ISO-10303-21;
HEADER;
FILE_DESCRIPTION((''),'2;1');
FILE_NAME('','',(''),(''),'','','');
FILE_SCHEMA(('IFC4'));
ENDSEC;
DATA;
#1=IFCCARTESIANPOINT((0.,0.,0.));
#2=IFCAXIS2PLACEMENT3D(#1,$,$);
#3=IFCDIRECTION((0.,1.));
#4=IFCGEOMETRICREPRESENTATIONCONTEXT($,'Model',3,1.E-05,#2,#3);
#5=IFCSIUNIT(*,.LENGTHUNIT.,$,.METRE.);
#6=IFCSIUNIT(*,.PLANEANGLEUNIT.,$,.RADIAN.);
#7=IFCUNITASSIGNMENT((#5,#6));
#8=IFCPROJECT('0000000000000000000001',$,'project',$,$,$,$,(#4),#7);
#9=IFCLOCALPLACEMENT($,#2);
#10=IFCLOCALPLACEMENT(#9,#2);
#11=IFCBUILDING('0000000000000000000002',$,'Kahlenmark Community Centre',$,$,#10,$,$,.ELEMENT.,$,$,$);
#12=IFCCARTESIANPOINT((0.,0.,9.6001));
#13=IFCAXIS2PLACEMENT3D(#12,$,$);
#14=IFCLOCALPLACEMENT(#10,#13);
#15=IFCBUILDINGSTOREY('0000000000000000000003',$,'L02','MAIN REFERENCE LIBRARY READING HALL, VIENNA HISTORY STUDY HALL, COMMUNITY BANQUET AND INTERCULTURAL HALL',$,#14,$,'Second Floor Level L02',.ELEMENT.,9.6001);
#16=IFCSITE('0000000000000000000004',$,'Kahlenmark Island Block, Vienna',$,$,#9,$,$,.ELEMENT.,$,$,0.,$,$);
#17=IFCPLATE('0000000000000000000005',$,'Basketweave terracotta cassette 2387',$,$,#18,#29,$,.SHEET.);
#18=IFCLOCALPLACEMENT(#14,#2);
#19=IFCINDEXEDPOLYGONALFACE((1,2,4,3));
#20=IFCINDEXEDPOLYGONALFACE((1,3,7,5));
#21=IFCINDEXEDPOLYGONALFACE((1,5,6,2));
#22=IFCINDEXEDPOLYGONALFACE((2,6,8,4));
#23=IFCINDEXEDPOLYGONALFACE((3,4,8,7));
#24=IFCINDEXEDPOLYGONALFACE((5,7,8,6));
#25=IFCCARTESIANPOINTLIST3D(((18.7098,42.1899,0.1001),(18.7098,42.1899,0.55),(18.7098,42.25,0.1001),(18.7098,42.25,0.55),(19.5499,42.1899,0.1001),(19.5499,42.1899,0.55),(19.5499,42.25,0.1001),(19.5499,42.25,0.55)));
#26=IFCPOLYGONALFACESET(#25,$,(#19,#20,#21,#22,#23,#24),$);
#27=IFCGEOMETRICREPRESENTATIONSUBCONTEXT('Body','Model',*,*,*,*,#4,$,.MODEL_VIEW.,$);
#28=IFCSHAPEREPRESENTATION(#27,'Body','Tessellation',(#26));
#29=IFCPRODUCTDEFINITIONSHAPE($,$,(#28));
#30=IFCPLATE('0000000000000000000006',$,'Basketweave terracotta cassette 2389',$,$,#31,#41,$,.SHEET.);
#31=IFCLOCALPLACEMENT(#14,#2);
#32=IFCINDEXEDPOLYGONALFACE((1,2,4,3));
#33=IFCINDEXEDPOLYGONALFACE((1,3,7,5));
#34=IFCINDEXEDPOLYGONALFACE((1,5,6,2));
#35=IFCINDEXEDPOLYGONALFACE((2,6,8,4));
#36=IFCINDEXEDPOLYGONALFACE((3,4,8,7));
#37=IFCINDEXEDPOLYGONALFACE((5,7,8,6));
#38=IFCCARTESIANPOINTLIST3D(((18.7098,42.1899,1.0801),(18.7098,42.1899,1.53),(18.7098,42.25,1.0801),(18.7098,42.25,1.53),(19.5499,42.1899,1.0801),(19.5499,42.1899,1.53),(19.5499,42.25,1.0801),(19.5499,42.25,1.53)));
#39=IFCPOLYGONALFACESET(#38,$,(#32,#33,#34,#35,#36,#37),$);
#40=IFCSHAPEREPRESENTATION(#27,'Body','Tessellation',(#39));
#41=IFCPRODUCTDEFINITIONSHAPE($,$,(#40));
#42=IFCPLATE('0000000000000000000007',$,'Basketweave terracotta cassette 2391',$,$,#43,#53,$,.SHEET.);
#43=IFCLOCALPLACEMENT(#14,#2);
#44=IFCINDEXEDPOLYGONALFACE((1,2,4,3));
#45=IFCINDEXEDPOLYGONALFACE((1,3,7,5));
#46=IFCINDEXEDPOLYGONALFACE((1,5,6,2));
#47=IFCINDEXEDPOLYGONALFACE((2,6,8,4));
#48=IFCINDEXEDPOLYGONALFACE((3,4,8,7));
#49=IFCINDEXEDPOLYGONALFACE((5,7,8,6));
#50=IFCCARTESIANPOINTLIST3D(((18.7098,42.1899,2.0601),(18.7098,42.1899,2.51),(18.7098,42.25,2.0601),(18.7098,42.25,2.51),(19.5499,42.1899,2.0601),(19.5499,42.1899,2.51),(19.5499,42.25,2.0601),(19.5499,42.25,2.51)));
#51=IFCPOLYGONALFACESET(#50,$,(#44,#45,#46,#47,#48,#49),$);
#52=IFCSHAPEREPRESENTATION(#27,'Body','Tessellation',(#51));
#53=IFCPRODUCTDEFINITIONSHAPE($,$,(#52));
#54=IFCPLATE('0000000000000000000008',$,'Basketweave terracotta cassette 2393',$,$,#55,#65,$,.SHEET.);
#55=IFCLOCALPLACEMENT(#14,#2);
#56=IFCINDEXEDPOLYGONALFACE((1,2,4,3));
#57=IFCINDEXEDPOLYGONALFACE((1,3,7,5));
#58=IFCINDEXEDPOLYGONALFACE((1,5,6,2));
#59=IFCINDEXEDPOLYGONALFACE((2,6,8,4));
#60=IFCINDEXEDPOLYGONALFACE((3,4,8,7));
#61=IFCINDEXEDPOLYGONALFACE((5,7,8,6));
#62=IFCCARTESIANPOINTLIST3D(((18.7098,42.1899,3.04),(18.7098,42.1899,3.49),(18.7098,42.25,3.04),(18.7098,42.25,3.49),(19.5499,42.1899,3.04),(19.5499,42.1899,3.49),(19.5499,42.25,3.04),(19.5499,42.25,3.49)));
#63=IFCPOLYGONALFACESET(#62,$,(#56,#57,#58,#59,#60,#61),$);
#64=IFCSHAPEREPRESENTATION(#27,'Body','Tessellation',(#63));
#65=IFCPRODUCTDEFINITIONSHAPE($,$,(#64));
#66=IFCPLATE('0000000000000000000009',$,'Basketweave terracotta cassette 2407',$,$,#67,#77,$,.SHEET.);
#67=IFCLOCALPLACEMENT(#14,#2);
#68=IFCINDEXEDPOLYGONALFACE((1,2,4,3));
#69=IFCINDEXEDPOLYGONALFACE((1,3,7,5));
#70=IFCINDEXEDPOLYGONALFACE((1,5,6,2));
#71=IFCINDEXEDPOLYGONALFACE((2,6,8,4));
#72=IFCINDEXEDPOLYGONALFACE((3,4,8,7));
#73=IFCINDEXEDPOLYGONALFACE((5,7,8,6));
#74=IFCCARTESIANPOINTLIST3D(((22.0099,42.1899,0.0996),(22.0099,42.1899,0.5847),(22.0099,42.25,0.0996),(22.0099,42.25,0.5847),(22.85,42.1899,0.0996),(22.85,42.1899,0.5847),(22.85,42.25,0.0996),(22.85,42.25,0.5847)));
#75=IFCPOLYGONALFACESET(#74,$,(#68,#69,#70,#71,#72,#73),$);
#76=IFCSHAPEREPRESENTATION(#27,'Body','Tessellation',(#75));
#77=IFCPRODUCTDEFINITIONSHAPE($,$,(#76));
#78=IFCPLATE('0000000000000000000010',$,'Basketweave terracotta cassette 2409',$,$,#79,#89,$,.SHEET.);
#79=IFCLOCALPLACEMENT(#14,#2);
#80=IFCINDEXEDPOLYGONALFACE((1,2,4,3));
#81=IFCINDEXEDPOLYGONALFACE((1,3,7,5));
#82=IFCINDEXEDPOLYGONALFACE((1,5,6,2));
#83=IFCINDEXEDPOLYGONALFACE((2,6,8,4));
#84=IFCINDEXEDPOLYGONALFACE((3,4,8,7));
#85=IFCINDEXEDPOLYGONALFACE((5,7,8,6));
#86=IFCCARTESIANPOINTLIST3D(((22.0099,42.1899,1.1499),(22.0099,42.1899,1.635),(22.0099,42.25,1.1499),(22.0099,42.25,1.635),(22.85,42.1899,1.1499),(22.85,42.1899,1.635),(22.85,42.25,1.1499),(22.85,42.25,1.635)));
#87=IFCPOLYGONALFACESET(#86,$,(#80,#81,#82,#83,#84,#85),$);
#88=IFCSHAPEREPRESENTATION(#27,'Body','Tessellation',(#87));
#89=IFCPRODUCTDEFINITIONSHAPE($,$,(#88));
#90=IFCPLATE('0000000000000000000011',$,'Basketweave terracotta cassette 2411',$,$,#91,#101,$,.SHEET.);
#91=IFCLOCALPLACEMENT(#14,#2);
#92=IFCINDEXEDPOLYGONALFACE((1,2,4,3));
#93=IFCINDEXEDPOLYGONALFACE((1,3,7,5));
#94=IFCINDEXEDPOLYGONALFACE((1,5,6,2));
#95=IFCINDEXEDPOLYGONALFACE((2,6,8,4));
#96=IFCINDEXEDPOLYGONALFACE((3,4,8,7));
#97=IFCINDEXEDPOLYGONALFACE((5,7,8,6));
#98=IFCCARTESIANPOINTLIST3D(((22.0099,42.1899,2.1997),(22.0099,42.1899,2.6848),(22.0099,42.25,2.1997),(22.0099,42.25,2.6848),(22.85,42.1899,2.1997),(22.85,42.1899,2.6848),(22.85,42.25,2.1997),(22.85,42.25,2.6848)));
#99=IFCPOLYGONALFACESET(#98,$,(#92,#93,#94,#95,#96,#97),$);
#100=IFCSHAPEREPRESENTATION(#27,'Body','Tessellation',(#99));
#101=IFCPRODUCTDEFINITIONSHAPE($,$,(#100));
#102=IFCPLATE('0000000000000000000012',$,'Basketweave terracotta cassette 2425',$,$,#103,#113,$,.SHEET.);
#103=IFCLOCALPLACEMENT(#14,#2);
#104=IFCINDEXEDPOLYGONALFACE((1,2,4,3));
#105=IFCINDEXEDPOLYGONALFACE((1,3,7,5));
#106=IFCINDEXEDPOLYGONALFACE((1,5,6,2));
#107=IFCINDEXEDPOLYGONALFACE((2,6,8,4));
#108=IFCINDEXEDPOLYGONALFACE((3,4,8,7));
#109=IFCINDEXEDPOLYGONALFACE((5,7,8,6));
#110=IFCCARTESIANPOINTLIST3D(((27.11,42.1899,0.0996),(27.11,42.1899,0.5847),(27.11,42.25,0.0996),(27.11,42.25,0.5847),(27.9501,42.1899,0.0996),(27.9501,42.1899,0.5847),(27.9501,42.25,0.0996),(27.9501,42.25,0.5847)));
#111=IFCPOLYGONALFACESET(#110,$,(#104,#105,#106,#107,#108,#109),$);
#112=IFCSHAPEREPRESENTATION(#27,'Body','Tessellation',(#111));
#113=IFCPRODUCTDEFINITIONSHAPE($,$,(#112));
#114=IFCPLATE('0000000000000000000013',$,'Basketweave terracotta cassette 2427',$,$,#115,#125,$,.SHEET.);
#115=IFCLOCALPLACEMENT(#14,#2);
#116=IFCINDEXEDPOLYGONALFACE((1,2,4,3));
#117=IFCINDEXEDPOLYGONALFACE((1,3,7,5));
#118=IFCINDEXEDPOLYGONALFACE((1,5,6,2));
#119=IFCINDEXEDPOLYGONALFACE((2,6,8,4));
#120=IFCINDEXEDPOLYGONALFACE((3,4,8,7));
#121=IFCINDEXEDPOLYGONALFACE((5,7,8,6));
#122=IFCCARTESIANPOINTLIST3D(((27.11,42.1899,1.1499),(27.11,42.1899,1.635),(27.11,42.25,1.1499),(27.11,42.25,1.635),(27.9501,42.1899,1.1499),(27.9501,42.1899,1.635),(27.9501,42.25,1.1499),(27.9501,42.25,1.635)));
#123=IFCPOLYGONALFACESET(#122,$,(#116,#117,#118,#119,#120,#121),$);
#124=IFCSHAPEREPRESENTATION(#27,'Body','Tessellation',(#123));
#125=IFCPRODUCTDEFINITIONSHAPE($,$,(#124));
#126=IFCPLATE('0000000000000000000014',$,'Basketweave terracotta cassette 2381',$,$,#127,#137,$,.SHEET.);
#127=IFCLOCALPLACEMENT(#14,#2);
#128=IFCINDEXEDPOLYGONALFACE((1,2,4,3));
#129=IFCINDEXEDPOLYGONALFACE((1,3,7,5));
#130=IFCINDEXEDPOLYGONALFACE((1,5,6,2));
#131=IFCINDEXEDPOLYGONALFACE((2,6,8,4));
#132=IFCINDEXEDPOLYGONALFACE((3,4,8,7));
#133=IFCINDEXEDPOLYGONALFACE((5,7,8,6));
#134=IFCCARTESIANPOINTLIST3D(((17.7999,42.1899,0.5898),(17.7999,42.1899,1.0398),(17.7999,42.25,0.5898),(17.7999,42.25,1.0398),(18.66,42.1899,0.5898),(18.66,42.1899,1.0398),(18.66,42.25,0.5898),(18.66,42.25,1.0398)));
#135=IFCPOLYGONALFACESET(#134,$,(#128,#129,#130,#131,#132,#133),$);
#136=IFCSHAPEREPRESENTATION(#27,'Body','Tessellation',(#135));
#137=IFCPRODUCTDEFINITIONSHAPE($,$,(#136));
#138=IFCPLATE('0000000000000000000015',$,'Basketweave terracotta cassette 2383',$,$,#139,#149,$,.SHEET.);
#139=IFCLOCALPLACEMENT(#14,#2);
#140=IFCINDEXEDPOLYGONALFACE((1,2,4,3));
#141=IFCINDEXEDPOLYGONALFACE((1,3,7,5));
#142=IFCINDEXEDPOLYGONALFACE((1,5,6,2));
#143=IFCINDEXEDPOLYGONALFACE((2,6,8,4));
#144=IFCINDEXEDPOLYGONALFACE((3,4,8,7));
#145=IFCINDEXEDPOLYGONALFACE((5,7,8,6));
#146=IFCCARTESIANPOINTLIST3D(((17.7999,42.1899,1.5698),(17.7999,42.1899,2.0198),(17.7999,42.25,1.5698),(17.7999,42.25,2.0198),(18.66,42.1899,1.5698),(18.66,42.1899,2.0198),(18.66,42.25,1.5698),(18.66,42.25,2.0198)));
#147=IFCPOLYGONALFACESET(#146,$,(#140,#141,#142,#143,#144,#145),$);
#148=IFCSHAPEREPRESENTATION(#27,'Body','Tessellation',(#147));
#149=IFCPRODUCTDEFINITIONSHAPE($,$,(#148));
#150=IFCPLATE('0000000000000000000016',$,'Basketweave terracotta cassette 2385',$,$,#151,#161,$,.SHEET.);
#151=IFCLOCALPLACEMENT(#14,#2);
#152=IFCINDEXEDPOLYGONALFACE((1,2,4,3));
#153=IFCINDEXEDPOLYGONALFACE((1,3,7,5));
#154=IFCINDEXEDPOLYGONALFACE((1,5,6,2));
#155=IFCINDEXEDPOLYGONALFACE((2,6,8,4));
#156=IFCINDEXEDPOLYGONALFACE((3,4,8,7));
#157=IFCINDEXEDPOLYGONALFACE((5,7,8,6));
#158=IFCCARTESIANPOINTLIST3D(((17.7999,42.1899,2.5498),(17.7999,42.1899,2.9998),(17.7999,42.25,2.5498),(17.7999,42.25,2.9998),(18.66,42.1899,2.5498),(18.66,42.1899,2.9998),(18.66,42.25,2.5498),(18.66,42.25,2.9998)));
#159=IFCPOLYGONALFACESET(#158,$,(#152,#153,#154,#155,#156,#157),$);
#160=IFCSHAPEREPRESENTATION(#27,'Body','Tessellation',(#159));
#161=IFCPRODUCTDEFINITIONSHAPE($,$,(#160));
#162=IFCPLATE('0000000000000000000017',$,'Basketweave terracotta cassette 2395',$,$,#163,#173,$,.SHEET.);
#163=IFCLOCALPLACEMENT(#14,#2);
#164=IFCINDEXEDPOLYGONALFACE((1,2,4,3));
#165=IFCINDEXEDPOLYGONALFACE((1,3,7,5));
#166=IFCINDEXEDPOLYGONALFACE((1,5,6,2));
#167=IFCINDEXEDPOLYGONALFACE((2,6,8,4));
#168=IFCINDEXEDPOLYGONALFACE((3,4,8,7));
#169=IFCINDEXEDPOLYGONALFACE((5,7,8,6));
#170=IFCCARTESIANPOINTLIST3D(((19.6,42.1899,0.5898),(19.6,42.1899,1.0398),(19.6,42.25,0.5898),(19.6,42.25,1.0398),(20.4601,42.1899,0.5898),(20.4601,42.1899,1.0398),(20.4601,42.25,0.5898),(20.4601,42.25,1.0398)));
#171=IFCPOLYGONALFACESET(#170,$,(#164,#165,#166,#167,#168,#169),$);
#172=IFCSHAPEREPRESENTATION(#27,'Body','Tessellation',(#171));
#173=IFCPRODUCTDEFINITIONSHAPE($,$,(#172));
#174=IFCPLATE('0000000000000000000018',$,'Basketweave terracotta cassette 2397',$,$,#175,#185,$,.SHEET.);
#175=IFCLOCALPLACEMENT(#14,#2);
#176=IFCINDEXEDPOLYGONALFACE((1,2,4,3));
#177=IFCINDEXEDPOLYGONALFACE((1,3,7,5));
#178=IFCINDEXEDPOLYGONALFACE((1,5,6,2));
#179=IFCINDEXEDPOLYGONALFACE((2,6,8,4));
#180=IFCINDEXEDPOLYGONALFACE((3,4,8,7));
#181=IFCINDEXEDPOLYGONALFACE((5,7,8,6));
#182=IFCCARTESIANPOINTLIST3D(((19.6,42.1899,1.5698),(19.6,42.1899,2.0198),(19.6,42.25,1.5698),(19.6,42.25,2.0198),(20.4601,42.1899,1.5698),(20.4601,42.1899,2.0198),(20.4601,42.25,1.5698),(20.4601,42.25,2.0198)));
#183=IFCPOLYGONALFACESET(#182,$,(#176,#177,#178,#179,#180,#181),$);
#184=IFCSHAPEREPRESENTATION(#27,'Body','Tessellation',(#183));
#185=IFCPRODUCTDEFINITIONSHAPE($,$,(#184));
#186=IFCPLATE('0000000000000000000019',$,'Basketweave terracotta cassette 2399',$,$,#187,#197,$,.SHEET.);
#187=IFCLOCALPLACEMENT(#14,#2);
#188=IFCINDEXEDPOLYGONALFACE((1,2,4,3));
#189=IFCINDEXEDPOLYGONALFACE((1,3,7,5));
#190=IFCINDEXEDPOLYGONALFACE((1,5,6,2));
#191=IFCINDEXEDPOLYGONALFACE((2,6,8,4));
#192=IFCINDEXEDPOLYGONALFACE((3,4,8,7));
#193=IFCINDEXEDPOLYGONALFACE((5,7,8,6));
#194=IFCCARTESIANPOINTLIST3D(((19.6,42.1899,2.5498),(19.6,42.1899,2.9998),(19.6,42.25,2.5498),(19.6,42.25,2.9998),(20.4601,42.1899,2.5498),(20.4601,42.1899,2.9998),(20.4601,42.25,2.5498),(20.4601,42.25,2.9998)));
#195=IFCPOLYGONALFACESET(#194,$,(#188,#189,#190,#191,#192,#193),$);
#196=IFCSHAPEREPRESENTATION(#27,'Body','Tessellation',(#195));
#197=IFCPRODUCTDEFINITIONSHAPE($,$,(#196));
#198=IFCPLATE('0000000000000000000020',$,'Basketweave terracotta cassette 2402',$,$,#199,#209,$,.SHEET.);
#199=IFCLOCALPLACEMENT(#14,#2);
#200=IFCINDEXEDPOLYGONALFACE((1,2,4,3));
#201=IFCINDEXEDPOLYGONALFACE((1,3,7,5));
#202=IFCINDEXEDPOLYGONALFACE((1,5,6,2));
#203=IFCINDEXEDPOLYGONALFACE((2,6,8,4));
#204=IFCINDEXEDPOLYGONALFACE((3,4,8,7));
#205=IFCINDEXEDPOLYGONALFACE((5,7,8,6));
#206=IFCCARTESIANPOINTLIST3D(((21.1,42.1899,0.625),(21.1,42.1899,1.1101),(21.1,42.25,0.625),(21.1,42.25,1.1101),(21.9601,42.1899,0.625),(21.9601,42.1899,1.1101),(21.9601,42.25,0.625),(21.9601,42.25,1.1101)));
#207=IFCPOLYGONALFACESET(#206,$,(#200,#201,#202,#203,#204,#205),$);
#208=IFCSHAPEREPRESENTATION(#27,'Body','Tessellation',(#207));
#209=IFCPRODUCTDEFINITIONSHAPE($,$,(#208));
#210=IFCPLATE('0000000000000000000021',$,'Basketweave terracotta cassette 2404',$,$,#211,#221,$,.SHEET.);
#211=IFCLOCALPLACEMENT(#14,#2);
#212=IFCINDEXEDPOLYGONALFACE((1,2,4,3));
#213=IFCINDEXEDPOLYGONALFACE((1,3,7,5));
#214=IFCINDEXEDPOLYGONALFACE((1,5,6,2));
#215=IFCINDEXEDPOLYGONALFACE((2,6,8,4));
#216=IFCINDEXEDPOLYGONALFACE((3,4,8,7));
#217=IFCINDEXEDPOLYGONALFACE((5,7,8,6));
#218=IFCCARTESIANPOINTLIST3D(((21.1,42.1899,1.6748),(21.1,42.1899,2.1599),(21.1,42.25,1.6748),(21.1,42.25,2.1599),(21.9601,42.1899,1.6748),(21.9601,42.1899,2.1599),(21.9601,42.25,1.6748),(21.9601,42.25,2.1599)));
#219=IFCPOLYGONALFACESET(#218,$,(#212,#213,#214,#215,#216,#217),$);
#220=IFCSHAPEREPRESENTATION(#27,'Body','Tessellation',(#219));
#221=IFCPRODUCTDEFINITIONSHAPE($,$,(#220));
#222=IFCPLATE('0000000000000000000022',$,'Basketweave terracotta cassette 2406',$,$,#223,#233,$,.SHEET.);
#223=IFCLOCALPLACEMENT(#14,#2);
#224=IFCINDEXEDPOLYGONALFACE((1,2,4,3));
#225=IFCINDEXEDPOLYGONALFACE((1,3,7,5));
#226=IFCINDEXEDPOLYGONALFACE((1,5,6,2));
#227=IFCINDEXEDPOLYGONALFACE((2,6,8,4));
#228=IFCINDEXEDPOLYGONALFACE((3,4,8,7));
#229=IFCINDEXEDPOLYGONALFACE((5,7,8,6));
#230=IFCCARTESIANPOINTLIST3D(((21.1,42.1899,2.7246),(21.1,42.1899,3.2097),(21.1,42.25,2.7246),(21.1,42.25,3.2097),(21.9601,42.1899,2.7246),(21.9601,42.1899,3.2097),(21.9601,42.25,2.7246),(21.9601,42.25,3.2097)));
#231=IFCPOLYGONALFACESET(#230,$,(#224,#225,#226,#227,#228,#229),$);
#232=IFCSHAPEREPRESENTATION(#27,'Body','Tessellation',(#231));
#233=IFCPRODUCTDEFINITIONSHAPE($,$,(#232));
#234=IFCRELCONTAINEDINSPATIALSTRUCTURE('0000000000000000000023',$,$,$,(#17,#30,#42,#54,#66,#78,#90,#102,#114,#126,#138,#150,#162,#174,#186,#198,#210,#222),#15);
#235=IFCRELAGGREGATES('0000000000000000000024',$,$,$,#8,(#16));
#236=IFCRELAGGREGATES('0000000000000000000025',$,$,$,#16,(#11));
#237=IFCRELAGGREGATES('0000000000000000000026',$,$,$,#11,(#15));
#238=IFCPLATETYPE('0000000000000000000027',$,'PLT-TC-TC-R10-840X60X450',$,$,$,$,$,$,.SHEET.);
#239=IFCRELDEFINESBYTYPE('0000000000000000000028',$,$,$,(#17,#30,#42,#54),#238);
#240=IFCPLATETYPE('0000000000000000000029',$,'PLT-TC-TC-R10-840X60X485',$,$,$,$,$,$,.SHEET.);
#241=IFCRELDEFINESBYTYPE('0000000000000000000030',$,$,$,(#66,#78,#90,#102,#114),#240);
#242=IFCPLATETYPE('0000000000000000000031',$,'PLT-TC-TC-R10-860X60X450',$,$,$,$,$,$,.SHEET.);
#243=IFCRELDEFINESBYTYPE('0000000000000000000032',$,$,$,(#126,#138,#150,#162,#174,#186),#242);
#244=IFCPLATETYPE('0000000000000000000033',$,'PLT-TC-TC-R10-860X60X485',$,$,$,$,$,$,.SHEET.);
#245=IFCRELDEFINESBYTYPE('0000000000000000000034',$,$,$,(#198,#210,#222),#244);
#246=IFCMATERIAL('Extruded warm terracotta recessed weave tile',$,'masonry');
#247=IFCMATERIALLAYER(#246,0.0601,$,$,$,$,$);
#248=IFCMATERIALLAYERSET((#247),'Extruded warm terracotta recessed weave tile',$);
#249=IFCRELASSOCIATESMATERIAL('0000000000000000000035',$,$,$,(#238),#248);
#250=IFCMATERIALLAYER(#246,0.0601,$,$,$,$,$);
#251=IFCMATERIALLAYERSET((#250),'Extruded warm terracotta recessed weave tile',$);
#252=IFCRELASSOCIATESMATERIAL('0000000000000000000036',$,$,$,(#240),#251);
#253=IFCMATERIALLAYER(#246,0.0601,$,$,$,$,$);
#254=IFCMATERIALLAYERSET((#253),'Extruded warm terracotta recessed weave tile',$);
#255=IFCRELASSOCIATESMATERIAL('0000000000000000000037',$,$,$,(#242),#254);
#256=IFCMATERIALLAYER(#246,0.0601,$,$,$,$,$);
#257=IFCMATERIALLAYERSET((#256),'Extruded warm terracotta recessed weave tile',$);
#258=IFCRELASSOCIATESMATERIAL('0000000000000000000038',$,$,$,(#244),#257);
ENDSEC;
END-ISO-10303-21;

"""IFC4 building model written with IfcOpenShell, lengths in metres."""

from ifc_helpers import new_model, si_unit, direction, frame, origin, origin_2d, place, context, subcontext, project, spatial, rectangle, extrude, material, layer, layer_set, type_object, element, save


model = new_model("IFC4")

# Units and contexts
model_context = context("Model", 3, precision=1e-05, world=origin(), true_north=direction((0.0, 1.0)))
body_context = subcontext(model_context, "Body", "Model", "MODEL_VIEW")
ifc_project = project(units=[si_unit("LENGTHUNIT", "METRE"), si_unit("PLANEANGLEUNIT", "RADIAN")], contexts=[model_context])

# Site, building, storey
site_placement = place(None, origin())
site = spatial("IfcSite", under=ifc_project, at=site_placement, Name="Kahlenmark Island Block, Vienna", CompositionType="ELEMENT", RefElevation=0.0)
building_placement = place(site_placement, origin())
building = spatial("IfcBuilding", under=site, at=building_placement, Name="Kahlenmark Community Centre", CompositionType="ELEMENT")
storey_placement = place(building_placement, frame((0.0, 0.0, 9.6001)))
storey = spatial("IfcBuildingStorey", under=building, at=storey_placement, Name="L02", Description="MAIN REFERENCE LIBRARY READING HALL, VIENNA HISTORY STUDY HALL, COMMUNITY BANQUET AND INTERCULTURAL HALL", LongName="Second Floor Level L02", CompositionType="ELEMENT", Elevation=9.6001)

# Plates
ifc_material_1 = material(Name="Extruded warm terracotta recessed weave tile", Category="masonry")
ifc_layer_1 = layer(ifc_material_1, 0.0601)
ifc_layer_set_1 = layer_set([ifc_layer_1], Name="Extruded warm terracotta recessed weave tile")
plate_type_1 = type_object("IfcPlateType", Name="PLT-TC-TC-R10-840X60X450", PredefinedType="SHEET", material=ifc_layer_set_1)
for number, where, z_axis, x_axis, name in (
    (1, (19.1299, 42.22, 0.1001), (0.0, 0.0, 1.0), (1.0, 0.0, 0.0), "Basketweave terracotta cassette 2387"),
    (2, (19.1299, 42.22, 1.0801), (0.0, 0.0, 1.0), (1.0, 0.0, 0.0), "Basketweave terracotta cassette 2389"),
    (3, (19.1299, 42.22, 2.0601), (0.0, 0.0, 1.0), (1.0, 0.0, 0.0), "Basketweave terracotta cassette 2391"),
    (4, (19.1299, 42.22, 3.04), (0.0, 0.0, 1.0), (1.0, 0.0, 0.0), "Basketweave terracotta cassette 2393"),
):
    element("IfcPlate", number, at=place(storey_placement, frame(where, z_axis=z_axis, x_axis=x_axis)), inside=storey, type_object=plate_type_1, Name=name, PredefinedType="SHEET", context=body_context, shape_type="SweptSolid", body=[
        extrude(rectangle(XDim=0.8401, YDim=0.0601, at=origin_2d()), origin(), (0.0, 0.0, 1.0), 0.45),
    ])
ifc_layer_2 = layer(ifc_material_1, 0.0601)
ifc_layer_set_2 = layer_set([ifc_layer_2], Name="Extruded warm terracotta recessed weave tile")
plate_type_2 = type_object("IfcPlateType", Name="PLT-TC-TC-R10-840X60X485", PredefinedType="SHEET", material=ifc_layer_set_2)
for number, where, z_axis, x_axis, name in (
    (5, (22.4299, 42.22, 0.0996), (0.0, 0.0, 1.0), (1.0, 0.0, 0.0), "Basketweave terracotta cassette 2407"),
    (6, (22.4299, 42.22, 1.1499), (0.0, 0.0, 1.0), (1.0, 0.0, 0.0), "Basketweave terracotta cassette 2409"),
    (7, (22.4299, 42.22, 2.1997), (0.0, 0.0, 1.0), (1.0, 0.0, 0.0), "Basketweave terracotta cassette 2411"),
    (8, (27.53, 42.22, 0.0996), (0.0, 0.0, 1.0), (1.0, 0.0, 0.0), "Basketweave terracotta cassette 2425"),
    (9, (27.53, 42.22, 1.1499), (0.0, 0.0, 1.0), (1.0, 0.0, 0.0), "Basketweave terracotta cassette 2427"),
):
    element("IfcPlate", number, at=place(storey_placement, frame(where, z_axis=z_axis, x_axis=x_axis)), inside=storey, type_object=plate_type_2, Name=name, PredefinedType="SHEET", context=body_context, shape_type="SweptSolid", body=[
        extrude(rectangle(XDim=0.8401, YDim=0.0601, at=origin_2d()), origin(), (0.0, 0.0, 1.0), 0.4851),
    ])
ifc_layer_3 = layer(ifc_material_1, 0.0601)
ifc_layer_set_3 = layer_set([ifc_layer_3], Name="Extruded warm terracotta recessed weave tile")
plate_type_3 = type_object("IfcPlateType", Name="PLT-TC-TC-R10-860X60X450", PredefinedType="SHEET", material=ifc_layer_set_3)
for number, where, z_axis, x_axis, name in (
    (10, (18.23, 42.22, 0.5898), (0.0, 0.0, 1.0), (1.0, 0.0, 0.0), "Basketweave terracotta cassette 2381"),
    (11, (18.23, 42.22, 1.5698), (0.0, 0.0, 1.0), (1.0, 0.0, 0.0), "Basketweave terracotta cassette 2383"),
    (12, (18.23, 42.22, 2.5498), (0.0, 0.0, 1.0), (1.0, 0.0, 0.0), "Basketweave terracotta cassette 2385"),
    (13, (20.03, 42.22, 0.5898), (0.0, 0.0, 1.0), (1.0, 0.0, 0.0), "Basketweave terracotta cassette 2395"),
    (14, (20.03, 42.22, 1.5698), (0.0, 0.0, 1.0), (1.0, 0.0, 0.0), "Basketweave terracotta cassette 2397"),
    (15, (20.03, 42.22, 2.5498), (0.0, 0.0, 1.0), (1.0, 0.0, 0.0), "Basketweave terracotta cassette 2399"),
):
    element("IfcPlate", number, at=place(storey_placement, frame(where, z_axis=z_axis, x_axis=x_axis)), inside=storey, type_object=plate_type_3, Name=name, PredefinedType="SHEET", context=body_context, shape_type="SweptSolid", body=[
        extrude(rectangle(XDim=0.8601, YDim=0.0601, at=origin_2d()), origin(), (0.0, 0.0, 1.0), 0.45),
    ])
ifc_layer_4 = layer(ifc_material_1, 0.0601)
ifc_layer_set_4 = layer_set([ifc_layer_4], Name="Extruded warm terracotta recessed weave tile")
plate_type_4 = type_object("IfcPlateType", Name="PLT-TC-TC-R10-860X60X485", PredefinedType="SHEET", material=ifc_layer_set_4)
for number, where, z_axis, x_axis, name in (
    (16, (21.53, 42.22, 0.625), (0.0, 0.0, 1.0), (1.0, 0.0, 0.0), "Basketweave terracotta cassette 2402"),
    (17, (21.53, 42.22, 1.6748), (0.0, 0.0, 1.0), (1.0, 0.0, 0.0), "Basketweave terracotta cassette 2404"),
    (18, (21.53, 42.22, 2.7246), (0.0, 0.0, 1.0), (1.0, 0.0, 0.0), "Basketweave terracotta cassette 2406"),
):
    element("IfcPlate", number, at=place(storey_placement, frame(where, z_axis=z_axis, x_axis=x_axis)), inside=storey, type_object=plate_type_4, Name=name, PredefinedType="SHEET", context=body_context, shape_type="SweptSolid", body=[
        extrude(rectangle(XDim=0.8601, YDim=0.0601, at=origin_2d()), origin(), (0.0, 0.0, 1.0), 0.4851),
    ])

save(model, "model.ifc")
